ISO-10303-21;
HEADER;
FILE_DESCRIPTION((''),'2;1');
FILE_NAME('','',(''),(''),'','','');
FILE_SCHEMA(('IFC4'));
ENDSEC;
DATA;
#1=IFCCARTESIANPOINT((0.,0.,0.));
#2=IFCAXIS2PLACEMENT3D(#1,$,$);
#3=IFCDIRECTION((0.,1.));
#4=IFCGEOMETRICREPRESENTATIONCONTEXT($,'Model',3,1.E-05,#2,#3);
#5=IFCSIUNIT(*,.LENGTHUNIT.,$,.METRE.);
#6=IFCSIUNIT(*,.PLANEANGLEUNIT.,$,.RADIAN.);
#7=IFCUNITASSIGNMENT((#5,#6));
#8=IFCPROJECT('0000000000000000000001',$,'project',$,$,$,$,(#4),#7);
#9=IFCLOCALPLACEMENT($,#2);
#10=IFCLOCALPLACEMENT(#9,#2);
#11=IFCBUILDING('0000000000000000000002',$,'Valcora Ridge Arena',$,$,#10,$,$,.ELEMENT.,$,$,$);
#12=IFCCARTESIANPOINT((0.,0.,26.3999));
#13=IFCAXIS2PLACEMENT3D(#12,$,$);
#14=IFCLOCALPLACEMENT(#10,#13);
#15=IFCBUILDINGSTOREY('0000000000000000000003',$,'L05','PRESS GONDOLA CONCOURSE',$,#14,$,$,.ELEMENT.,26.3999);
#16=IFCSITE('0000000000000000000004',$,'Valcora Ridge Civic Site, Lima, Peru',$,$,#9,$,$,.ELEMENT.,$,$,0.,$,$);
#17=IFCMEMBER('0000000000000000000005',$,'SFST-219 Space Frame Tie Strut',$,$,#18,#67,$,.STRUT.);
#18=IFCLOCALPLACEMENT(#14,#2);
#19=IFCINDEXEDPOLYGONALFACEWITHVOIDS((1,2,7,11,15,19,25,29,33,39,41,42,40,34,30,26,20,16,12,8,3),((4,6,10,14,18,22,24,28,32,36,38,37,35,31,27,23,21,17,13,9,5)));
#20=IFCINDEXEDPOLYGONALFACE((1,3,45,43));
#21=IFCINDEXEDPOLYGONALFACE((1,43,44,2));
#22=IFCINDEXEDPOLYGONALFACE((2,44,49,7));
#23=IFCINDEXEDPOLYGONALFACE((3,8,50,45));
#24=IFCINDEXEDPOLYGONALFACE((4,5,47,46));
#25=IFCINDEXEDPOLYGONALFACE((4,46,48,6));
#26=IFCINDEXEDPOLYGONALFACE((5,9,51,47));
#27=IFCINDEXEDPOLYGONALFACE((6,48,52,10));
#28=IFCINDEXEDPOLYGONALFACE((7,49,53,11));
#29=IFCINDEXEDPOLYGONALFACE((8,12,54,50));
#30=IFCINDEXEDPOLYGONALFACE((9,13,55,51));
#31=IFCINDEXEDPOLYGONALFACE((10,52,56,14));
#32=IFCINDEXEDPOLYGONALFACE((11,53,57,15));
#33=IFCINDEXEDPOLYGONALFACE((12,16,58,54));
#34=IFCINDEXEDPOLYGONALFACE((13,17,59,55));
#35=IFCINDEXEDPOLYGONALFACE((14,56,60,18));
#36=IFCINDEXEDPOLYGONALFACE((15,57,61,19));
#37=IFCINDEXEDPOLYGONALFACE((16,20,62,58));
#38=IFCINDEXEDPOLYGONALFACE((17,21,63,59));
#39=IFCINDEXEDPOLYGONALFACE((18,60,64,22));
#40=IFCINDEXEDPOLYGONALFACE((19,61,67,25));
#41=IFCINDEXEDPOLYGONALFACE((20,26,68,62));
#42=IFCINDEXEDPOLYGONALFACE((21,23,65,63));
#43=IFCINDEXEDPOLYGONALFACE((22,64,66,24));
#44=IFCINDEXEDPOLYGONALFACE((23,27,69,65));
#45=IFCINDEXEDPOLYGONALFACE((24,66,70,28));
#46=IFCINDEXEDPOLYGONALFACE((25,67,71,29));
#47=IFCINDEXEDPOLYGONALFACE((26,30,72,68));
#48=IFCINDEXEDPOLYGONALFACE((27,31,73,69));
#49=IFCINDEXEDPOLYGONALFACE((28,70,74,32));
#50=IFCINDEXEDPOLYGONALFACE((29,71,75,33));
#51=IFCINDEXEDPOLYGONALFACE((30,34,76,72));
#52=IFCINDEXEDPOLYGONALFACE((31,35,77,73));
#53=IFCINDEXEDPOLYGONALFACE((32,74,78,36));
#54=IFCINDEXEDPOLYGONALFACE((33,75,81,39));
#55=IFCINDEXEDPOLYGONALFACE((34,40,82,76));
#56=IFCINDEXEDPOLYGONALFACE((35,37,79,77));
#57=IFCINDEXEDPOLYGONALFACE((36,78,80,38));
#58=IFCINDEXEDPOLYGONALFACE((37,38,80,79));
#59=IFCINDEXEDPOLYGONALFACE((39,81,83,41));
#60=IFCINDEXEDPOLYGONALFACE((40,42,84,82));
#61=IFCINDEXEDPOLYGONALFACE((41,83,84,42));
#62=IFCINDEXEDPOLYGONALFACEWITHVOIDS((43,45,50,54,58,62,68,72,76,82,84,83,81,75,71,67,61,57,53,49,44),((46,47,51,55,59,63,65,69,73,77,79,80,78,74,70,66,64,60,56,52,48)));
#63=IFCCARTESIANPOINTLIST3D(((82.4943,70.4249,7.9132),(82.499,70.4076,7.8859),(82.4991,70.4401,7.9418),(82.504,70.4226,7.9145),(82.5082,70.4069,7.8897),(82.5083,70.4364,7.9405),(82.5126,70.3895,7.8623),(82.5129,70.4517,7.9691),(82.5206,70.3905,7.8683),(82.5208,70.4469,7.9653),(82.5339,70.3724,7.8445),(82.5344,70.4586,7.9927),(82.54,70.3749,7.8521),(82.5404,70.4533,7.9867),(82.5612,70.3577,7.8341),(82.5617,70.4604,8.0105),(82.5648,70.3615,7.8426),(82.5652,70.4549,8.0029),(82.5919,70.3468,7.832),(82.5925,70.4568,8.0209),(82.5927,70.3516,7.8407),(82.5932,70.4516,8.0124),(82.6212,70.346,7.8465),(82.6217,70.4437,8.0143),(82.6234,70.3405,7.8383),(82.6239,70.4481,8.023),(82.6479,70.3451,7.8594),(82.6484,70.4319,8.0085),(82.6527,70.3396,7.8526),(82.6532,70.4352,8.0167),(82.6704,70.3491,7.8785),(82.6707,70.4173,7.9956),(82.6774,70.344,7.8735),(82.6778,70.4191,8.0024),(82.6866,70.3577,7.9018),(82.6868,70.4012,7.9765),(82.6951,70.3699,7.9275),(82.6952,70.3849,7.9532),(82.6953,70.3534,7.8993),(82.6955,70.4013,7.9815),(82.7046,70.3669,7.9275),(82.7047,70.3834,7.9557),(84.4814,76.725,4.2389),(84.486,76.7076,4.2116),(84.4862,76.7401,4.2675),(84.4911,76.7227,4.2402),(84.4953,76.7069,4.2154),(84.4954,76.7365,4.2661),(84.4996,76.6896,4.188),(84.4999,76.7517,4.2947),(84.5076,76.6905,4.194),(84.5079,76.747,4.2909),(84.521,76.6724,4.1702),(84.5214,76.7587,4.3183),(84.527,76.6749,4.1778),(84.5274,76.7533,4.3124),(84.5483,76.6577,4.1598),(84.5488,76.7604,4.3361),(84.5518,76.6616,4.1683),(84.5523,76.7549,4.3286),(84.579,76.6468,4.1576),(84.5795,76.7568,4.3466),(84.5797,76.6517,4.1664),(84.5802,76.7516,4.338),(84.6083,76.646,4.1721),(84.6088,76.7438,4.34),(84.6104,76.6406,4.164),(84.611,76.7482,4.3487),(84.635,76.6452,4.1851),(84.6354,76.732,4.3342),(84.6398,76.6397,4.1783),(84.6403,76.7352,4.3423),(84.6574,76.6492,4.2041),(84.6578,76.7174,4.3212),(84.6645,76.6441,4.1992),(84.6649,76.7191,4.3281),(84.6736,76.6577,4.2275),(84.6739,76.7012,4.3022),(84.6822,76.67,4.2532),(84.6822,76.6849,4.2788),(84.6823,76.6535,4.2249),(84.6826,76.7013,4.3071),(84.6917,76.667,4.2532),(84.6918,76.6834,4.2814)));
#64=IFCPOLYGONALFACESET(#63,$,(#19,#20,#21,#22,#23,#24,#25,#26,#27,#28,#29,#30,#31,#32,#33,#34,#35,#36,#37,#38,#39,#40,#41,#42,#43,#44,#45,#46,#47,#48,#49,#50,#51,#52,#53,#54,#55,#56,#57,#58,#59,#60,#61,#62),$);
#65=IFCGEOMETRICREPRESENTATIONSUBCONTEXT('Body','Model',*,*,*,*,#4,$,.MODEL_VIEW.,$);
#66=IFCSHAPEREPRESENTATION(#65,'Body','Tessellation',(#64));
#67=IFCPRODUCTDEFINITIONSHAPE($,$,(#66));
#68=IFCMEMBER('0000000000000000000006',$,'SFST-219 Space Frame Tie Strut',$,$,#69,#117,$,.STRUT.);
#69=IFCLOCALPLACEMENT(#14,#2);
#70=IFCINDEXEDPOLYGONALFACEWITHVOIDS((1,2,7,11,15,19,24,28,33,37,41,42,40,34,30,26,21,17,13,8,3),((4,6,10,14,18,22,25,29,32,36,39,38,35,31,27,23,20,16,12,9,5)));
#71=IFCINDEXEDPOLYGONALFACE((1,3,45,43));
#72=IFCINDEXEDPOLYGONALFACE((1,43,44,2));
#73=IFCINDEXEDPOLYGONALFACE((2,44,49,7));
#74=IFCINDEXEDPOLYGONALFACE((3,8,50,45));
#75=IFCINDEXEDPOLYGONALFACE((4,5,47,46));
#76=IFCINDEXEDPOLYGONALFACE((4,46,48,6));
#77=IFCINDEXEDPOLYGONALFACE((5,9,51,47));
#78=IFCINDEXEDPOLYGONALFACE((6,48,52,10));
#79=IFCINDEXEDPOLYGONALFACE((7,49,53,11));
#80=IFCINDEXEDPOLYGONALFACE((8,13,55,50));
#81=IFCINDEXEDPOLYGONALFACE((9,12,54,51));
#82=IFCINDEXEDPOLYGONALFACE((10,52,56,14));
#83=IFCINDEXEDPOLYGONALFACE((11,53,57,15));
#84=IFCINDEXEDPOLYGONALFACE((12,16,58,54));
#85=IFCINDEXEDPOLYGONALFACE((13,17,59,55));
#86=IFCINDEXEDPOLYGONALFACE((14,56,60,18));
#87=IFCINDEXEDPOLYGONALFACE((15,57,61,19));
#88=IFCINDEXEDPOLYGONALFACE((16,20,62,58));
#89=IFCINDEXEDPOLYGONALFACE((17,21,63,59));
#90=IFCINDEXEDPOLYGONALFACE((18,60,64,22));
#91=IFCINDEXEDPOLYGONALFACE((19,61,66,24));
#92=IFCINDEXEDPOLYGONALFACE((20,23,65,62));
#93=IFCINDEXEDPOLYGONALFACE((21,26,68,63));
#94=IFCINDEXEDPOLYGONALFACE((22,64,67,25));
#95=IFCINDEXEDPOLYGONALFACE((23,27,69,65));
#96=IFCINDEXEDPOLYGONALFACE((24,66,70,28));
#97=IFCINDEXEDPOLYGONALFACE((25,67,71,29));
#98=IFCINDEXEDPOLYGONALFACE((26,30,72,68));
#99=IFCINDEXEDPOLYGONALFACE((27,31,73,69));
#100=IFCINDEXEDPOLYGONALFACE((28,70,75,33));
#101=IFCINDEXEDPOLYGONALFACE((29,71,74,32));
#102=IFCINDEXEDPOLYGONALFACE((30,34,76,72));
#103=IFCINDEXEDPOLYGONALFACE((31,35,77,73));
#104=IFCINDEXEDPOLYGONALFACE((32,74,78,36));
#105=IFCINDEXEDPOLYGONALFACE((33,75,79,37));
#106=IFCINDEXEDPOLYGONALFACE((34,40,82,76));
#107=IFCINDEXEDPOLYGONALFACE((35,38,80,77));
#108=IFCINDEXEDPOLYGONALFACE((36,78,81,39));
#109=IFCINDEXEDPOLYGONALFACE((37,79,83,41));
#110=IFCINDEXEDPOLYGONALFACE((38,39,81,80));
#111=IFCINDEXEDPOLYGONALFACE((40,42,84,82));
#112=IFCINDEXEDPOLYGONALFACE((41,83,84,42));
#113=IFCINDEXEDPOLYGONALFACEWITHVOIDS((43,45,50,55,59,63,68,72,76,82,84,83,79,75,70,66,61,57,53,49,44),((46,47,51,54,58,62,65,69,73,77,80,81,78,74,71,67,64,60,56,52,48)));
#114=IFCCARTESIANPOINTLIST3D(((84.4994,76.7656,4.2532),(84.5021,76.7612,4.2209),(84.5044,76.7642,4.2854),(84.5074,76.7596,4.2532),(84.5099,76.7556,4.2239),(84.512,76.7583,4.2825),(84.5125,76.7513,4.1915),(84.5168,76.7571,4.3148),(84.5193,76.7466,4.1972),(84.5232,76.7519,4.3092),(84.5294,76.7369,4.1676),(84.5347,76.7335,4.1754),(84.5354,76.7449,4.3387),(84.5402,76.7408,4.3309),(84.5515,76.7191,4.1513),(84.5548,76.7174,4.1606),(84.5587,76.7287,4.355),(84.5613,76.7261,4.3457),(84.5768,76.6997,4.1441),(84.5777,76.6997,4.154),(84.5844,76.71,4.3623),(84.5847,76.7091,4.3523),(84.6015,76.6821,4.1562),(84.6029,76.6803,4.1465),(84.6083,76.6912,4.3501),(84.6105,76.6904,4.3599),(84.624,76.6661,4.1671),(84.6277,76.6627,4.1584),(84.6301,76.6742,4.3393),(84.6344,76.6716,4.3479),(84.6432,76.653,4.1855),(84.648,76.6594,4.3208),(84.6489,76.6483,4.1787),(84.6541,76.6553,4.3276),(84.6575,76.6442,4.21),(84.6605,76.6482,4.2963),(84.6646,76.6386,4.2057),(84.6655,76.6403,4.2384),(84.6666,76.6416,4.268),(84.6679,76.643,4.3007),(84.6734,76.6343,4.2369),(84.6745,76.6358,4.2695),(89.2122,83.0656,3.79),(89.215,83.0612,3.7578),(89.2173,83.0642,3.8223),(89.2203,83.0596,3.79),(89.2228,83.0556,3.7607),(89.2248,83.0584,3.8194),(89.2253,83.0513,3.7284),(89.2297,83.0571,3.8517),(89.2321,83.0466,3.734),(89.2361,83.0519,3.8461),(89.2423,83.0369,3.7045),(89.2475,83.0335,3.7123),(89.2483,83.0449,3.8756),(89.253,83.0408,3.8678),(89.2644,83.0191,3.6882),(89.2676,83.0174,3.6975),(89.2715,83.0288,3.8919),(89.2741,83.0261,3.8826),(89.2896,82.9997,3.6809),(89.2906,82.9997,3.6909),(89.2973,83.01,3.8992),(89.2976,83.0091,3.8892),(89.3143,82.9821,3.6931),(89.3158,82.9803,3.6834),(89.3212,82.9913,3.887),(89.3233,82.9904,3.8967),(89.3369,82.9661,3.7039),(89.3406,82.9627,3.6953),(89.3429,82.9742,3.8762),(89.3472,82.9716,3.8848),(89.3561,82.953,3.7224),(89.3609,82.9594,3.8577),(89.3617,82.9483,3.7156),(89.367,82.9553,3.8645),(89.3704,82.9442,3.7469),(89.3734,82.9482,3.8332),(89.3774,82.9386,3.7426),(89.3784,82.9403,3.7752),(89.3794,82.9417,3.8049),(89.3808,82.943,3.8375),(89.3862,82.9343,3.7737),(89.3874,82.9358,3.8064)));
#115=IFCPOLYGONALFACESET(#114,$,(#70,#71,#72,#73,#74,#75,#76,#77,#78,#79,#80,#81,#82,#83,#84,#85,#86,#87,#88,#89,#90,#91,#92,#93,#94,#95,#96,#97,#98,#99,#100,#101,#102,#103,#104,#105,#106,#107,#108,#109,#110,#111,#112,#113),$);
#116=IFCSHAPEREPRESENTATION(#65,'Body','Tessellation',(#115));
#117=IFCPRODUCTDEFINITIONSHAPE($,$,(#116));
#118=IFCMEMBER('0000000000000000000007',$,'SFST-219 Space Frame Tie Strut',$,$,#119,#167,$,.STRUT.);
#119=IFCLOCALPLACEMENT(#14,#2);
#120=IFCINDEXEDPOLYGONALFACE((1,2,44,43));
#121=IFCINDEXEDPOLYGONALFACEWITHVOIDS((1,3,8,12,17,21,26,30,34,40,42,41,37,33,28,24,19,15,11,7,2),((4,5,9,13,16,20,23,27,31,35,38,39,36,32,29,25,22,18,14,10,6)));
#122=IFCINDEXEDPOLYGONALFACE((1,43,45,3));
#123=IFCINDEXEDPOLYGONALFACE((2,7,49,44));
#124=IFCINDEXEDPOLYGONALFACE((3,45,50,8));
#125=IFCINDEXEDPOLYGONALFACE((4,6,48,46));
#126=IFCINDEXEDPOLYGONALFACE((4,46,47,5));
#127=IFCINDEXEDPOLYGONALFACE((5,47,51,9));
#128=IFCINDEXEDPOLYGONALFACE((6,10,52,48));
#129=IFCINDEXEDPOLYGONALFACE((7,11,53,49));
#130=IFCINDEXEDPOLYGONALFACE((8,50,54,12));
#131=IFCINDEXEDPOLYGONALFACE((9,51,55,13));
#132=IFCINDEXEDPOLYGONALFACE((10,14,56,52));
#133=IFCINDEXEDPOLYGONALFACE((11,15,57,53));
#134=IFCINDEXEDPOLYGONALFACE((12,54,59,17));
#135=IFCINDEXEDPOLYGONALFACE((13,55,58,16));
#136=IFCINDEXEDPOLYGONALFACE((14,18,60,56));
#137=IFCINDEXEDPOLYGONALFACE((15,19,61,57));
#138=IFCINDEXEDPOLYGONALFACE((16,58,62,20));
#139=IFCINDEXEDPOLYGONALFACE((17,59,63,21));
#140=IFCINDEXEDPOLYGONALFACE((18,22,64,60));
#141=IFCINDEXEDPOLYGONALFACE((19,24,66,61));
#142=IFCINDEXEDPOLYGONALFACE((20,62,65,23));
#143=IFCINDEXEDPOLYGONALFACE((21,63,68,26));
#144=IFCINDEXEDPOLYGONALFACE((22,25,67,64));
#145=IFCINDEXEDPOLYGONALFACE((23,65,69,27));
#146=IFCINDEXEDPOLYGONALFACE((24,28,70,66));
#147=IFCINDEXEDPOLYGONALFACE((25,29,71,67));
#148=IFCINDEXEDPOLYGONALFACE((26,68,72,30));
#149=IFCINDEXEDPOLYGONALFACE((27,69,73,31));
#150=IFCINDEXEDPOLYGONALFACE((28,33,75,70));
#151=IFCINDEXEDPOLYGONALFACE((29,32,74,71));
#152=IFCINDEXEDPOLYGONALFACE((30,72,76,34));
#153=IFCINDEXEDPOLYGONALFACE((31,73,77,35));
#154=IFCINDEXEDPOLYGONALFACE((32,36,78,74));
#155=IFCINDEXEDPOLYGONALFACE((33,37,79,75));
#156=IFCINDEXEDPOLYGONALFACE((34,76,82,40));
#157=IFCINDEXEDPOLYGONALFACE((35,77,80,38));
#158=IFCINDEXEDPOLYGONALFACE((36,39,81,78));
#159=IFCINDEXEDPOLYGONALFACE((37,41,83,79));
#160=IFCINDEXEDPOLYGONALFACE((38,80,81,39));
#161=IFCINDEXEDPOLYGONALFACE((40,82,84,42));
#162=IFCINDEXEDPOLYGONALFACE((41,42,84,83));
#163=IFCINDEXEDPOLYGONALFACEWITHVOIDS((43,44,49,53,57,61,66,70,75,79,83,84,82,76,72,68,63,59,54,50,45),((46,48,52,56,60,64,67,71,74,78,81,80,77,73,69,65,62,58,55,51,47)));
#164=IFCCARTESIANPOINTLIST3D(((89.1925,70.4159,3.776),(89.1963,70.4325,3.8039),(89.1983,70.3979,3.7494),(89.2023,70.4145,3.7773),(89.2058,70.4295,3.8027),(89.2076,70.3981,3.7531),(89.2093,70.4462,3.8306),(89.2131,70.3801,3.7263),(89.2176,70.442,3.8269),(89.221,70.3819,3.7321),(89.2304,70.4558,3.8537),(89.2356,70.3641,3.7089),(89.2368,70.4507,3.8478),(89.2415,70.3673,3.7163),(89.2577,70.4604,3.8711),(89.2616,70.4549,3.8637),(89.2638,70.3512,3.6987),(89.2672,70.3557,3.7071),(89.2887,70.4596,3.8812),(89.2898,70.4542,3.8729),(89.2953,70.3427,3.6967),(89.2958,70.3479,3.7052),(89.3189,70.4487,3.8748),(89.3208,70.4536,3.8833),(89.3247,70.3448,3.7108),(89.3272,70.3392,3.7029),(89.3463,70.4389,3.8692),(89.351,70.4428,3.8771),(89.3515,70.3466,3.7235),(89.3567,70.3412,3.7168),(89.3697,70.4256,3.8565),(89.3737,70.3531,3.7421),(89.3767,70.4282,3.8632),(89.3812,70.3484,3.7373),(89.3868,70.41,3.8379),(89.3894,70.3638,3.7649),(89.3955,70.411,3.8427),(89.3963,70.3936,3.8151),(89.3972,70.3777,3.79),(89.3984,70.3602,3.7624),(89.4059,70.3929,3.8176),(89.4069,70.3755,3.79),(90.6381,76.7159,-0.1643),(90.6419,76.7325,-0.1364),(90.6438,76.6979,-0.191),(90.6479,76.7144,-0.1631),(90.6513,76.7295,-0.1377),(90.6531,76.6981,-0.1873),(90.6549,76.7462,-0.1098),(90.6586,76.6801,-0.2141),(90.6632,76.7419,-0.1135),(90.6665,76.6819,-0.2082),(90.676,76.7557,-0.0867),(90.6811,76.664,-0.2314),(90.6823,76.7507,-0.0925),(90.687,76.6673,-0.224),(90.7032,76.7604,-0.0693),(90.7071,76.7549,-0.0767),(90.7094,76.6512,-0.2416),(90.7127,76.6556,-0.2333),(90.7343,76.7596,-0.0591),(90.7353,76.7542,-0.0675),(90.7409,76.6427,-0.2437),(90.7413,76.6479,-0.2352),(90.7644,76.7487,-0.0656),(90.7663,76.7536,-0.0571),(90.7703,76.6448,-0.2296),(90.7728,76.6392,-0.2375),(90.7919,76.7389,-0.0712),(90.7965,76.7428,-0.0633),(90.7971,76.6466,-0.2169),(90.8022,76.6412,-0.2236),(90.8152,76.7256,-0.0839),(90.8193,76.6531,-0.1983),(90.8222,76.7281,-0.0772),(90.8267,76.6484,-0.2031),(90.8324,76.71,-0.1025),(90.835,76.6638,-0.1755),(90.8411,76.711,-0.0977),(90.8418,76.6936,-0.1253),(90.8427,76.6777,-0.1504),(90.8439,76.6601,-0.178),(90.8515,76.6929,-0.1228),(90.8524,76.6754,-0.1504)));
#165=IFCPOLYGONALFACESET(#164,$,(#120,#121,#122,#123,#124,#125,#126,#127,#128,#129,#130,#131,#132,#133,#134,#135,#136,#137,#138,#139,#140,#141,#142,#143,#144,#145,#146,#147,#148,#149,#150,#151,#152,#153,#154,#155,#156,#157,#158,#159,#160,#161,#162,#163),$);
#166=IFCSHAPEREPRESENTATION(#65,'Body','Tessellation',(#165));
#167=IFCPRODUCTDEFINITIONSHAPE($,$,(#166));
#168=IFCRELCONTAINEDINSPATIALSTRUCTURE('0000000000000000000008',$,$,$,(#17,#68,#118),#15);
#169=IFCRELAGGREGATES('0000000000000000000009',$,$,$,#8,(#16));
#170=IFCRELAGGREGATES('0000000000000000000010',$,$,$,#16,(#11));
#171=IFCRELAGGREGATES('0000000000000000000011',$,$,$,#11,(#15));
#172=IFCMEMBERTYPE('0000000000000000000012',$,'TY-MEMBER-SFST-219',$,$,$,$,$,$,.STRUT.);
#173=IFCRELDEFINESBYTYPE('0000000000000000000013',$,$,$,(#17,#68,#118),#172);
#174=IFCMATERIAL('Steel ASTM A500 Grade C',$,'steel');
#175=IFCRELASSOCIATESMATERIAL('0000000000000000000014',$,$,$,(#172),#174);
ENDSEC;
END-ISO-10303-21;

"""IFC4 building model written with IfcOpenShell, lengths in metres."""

from ifc_helpers import new_model, si_unit, direction, frame, origin, origin_2d, place, context, subcontext, project, spatial, hollow_circle, extrude, material, material_profile, profile_set, type_object, element, save


model = new_model("IFC4")

# Units and contexts
model_context = context("Model", 3, precision=1e-05, world=origin(), true_north=direction((0.0, 1.0)))
body_context = subcontext(model_context, "Body", "Model", "MODEL_VIEW")
ifc_project = project(units=[si_unit("LENGTHUNIT", "METRE"), si_unit("PLANEANGLEUNIT", "RADIAN")], contexts=[model_context])

# Site, building, storey
site_placement = place(None, origin())
site = spatial("IfcSite", under=ifc_project, at=site_placement, Name="Valcora Ridge Civic Site, Lima, Peru", CompositionType="ELEMENT", RefElevation=0.0)
building_placement = place(site_placement, origin())
building = spatial("IfcBuilding", under=site, at=building_placement, Name="Valcora Ridge Arena", CompositionType="ELEMENT")
storey_placement = place(building_placement, frame((0.0, 0.0, 26.3999)))
storey = spatial("IfcBuildingStorey", under=building, at=storey_placement, Name="L05", Description="PRESS GONDOLA CONCOURSE", CompositionType="ELEMENT", Elevation=26.3999)

# Members
ifc_material_1 = material(Name="Steel ASTM A500 Grade C", Category="steel")
ifc_material_profile_1 = material_profile(ifc_material_1, hollow_circle(Radius=0.1096, WallThickness=0.01, at=origin_2d()), Name="CHS219X10")
ifc_profile_set_1 = profile_set([ifc_material_profile_1], Name="Steel ASTM A500 Grade C")
member_type_1 = type_object("IfcMemberType", Name="TY-MEMBER-SFST-219", PredefinedType="STRUT", material=ifc_profile_set_1)
member_1_placement = place(storey_placement, frame((84.5872, 76.7, 4.2532), z_axis=(-0.262871, -0.833442, 0.48608), x_axis=(0.953688, -0.300797, 0.0)))
element("IfcMember", 1, at=member_1_placement, inside=storey, type_object=member_type_1, Name="SFST-219 Space Frame Tie Strut", PredefinedType="STRUT", context=body_context, shape_type="SweptSolid", body=[
    extrude(hollow_circle(Radius=0.1096, WallThickness=0.01, at=origin_2d()), origin(), (0.0, 0.0, 1.0), 7.5591),
])
member_2_placement = place(storey_placement, frame((84.5872, 76.7, 4.2532), z_axis=(0.597976, 0.799357, -0.058763), x_axis=(-0.80074, 0.599012, 0.0)))
element("IfcMember", 2, at=member_2_placement, inside=storey, type_object=member_type_1, Name="SFST-219 Space Frame Tie Strut", PredefinedType="STRUT", context=body_context, shape_type="SweptSolid", body=[
    extrude(hollow_circle(Radius=0.1096, WallThickness=0.01, at=origin_2d()), origin(), (0.0, 0.0, 1.0), 7.8813),
])
member_3_placement = place(storey_placement, frame((90.7456, 76.7, -0.1504), z_axis=(-0.190955, -0.832222, 0.520522), x_axis=(0.974672, -0.22364, 0.0)))
element("IfcMember", 3, at=member_3_placement, inside=storey, type_object=member_type_1, Name="SFST-219 Space Frame Tie Strut", PredefinedType="STRUT", context=body_context, shape_type="SweptSolid", body=[
    extrude(hollow_circle(Radius=0.1096, WallThickness=0.01, at=origin_2d()), origin(), (0.0, 0.0, 1.0), 7.5701),
])

save(model, "model.ifc")
